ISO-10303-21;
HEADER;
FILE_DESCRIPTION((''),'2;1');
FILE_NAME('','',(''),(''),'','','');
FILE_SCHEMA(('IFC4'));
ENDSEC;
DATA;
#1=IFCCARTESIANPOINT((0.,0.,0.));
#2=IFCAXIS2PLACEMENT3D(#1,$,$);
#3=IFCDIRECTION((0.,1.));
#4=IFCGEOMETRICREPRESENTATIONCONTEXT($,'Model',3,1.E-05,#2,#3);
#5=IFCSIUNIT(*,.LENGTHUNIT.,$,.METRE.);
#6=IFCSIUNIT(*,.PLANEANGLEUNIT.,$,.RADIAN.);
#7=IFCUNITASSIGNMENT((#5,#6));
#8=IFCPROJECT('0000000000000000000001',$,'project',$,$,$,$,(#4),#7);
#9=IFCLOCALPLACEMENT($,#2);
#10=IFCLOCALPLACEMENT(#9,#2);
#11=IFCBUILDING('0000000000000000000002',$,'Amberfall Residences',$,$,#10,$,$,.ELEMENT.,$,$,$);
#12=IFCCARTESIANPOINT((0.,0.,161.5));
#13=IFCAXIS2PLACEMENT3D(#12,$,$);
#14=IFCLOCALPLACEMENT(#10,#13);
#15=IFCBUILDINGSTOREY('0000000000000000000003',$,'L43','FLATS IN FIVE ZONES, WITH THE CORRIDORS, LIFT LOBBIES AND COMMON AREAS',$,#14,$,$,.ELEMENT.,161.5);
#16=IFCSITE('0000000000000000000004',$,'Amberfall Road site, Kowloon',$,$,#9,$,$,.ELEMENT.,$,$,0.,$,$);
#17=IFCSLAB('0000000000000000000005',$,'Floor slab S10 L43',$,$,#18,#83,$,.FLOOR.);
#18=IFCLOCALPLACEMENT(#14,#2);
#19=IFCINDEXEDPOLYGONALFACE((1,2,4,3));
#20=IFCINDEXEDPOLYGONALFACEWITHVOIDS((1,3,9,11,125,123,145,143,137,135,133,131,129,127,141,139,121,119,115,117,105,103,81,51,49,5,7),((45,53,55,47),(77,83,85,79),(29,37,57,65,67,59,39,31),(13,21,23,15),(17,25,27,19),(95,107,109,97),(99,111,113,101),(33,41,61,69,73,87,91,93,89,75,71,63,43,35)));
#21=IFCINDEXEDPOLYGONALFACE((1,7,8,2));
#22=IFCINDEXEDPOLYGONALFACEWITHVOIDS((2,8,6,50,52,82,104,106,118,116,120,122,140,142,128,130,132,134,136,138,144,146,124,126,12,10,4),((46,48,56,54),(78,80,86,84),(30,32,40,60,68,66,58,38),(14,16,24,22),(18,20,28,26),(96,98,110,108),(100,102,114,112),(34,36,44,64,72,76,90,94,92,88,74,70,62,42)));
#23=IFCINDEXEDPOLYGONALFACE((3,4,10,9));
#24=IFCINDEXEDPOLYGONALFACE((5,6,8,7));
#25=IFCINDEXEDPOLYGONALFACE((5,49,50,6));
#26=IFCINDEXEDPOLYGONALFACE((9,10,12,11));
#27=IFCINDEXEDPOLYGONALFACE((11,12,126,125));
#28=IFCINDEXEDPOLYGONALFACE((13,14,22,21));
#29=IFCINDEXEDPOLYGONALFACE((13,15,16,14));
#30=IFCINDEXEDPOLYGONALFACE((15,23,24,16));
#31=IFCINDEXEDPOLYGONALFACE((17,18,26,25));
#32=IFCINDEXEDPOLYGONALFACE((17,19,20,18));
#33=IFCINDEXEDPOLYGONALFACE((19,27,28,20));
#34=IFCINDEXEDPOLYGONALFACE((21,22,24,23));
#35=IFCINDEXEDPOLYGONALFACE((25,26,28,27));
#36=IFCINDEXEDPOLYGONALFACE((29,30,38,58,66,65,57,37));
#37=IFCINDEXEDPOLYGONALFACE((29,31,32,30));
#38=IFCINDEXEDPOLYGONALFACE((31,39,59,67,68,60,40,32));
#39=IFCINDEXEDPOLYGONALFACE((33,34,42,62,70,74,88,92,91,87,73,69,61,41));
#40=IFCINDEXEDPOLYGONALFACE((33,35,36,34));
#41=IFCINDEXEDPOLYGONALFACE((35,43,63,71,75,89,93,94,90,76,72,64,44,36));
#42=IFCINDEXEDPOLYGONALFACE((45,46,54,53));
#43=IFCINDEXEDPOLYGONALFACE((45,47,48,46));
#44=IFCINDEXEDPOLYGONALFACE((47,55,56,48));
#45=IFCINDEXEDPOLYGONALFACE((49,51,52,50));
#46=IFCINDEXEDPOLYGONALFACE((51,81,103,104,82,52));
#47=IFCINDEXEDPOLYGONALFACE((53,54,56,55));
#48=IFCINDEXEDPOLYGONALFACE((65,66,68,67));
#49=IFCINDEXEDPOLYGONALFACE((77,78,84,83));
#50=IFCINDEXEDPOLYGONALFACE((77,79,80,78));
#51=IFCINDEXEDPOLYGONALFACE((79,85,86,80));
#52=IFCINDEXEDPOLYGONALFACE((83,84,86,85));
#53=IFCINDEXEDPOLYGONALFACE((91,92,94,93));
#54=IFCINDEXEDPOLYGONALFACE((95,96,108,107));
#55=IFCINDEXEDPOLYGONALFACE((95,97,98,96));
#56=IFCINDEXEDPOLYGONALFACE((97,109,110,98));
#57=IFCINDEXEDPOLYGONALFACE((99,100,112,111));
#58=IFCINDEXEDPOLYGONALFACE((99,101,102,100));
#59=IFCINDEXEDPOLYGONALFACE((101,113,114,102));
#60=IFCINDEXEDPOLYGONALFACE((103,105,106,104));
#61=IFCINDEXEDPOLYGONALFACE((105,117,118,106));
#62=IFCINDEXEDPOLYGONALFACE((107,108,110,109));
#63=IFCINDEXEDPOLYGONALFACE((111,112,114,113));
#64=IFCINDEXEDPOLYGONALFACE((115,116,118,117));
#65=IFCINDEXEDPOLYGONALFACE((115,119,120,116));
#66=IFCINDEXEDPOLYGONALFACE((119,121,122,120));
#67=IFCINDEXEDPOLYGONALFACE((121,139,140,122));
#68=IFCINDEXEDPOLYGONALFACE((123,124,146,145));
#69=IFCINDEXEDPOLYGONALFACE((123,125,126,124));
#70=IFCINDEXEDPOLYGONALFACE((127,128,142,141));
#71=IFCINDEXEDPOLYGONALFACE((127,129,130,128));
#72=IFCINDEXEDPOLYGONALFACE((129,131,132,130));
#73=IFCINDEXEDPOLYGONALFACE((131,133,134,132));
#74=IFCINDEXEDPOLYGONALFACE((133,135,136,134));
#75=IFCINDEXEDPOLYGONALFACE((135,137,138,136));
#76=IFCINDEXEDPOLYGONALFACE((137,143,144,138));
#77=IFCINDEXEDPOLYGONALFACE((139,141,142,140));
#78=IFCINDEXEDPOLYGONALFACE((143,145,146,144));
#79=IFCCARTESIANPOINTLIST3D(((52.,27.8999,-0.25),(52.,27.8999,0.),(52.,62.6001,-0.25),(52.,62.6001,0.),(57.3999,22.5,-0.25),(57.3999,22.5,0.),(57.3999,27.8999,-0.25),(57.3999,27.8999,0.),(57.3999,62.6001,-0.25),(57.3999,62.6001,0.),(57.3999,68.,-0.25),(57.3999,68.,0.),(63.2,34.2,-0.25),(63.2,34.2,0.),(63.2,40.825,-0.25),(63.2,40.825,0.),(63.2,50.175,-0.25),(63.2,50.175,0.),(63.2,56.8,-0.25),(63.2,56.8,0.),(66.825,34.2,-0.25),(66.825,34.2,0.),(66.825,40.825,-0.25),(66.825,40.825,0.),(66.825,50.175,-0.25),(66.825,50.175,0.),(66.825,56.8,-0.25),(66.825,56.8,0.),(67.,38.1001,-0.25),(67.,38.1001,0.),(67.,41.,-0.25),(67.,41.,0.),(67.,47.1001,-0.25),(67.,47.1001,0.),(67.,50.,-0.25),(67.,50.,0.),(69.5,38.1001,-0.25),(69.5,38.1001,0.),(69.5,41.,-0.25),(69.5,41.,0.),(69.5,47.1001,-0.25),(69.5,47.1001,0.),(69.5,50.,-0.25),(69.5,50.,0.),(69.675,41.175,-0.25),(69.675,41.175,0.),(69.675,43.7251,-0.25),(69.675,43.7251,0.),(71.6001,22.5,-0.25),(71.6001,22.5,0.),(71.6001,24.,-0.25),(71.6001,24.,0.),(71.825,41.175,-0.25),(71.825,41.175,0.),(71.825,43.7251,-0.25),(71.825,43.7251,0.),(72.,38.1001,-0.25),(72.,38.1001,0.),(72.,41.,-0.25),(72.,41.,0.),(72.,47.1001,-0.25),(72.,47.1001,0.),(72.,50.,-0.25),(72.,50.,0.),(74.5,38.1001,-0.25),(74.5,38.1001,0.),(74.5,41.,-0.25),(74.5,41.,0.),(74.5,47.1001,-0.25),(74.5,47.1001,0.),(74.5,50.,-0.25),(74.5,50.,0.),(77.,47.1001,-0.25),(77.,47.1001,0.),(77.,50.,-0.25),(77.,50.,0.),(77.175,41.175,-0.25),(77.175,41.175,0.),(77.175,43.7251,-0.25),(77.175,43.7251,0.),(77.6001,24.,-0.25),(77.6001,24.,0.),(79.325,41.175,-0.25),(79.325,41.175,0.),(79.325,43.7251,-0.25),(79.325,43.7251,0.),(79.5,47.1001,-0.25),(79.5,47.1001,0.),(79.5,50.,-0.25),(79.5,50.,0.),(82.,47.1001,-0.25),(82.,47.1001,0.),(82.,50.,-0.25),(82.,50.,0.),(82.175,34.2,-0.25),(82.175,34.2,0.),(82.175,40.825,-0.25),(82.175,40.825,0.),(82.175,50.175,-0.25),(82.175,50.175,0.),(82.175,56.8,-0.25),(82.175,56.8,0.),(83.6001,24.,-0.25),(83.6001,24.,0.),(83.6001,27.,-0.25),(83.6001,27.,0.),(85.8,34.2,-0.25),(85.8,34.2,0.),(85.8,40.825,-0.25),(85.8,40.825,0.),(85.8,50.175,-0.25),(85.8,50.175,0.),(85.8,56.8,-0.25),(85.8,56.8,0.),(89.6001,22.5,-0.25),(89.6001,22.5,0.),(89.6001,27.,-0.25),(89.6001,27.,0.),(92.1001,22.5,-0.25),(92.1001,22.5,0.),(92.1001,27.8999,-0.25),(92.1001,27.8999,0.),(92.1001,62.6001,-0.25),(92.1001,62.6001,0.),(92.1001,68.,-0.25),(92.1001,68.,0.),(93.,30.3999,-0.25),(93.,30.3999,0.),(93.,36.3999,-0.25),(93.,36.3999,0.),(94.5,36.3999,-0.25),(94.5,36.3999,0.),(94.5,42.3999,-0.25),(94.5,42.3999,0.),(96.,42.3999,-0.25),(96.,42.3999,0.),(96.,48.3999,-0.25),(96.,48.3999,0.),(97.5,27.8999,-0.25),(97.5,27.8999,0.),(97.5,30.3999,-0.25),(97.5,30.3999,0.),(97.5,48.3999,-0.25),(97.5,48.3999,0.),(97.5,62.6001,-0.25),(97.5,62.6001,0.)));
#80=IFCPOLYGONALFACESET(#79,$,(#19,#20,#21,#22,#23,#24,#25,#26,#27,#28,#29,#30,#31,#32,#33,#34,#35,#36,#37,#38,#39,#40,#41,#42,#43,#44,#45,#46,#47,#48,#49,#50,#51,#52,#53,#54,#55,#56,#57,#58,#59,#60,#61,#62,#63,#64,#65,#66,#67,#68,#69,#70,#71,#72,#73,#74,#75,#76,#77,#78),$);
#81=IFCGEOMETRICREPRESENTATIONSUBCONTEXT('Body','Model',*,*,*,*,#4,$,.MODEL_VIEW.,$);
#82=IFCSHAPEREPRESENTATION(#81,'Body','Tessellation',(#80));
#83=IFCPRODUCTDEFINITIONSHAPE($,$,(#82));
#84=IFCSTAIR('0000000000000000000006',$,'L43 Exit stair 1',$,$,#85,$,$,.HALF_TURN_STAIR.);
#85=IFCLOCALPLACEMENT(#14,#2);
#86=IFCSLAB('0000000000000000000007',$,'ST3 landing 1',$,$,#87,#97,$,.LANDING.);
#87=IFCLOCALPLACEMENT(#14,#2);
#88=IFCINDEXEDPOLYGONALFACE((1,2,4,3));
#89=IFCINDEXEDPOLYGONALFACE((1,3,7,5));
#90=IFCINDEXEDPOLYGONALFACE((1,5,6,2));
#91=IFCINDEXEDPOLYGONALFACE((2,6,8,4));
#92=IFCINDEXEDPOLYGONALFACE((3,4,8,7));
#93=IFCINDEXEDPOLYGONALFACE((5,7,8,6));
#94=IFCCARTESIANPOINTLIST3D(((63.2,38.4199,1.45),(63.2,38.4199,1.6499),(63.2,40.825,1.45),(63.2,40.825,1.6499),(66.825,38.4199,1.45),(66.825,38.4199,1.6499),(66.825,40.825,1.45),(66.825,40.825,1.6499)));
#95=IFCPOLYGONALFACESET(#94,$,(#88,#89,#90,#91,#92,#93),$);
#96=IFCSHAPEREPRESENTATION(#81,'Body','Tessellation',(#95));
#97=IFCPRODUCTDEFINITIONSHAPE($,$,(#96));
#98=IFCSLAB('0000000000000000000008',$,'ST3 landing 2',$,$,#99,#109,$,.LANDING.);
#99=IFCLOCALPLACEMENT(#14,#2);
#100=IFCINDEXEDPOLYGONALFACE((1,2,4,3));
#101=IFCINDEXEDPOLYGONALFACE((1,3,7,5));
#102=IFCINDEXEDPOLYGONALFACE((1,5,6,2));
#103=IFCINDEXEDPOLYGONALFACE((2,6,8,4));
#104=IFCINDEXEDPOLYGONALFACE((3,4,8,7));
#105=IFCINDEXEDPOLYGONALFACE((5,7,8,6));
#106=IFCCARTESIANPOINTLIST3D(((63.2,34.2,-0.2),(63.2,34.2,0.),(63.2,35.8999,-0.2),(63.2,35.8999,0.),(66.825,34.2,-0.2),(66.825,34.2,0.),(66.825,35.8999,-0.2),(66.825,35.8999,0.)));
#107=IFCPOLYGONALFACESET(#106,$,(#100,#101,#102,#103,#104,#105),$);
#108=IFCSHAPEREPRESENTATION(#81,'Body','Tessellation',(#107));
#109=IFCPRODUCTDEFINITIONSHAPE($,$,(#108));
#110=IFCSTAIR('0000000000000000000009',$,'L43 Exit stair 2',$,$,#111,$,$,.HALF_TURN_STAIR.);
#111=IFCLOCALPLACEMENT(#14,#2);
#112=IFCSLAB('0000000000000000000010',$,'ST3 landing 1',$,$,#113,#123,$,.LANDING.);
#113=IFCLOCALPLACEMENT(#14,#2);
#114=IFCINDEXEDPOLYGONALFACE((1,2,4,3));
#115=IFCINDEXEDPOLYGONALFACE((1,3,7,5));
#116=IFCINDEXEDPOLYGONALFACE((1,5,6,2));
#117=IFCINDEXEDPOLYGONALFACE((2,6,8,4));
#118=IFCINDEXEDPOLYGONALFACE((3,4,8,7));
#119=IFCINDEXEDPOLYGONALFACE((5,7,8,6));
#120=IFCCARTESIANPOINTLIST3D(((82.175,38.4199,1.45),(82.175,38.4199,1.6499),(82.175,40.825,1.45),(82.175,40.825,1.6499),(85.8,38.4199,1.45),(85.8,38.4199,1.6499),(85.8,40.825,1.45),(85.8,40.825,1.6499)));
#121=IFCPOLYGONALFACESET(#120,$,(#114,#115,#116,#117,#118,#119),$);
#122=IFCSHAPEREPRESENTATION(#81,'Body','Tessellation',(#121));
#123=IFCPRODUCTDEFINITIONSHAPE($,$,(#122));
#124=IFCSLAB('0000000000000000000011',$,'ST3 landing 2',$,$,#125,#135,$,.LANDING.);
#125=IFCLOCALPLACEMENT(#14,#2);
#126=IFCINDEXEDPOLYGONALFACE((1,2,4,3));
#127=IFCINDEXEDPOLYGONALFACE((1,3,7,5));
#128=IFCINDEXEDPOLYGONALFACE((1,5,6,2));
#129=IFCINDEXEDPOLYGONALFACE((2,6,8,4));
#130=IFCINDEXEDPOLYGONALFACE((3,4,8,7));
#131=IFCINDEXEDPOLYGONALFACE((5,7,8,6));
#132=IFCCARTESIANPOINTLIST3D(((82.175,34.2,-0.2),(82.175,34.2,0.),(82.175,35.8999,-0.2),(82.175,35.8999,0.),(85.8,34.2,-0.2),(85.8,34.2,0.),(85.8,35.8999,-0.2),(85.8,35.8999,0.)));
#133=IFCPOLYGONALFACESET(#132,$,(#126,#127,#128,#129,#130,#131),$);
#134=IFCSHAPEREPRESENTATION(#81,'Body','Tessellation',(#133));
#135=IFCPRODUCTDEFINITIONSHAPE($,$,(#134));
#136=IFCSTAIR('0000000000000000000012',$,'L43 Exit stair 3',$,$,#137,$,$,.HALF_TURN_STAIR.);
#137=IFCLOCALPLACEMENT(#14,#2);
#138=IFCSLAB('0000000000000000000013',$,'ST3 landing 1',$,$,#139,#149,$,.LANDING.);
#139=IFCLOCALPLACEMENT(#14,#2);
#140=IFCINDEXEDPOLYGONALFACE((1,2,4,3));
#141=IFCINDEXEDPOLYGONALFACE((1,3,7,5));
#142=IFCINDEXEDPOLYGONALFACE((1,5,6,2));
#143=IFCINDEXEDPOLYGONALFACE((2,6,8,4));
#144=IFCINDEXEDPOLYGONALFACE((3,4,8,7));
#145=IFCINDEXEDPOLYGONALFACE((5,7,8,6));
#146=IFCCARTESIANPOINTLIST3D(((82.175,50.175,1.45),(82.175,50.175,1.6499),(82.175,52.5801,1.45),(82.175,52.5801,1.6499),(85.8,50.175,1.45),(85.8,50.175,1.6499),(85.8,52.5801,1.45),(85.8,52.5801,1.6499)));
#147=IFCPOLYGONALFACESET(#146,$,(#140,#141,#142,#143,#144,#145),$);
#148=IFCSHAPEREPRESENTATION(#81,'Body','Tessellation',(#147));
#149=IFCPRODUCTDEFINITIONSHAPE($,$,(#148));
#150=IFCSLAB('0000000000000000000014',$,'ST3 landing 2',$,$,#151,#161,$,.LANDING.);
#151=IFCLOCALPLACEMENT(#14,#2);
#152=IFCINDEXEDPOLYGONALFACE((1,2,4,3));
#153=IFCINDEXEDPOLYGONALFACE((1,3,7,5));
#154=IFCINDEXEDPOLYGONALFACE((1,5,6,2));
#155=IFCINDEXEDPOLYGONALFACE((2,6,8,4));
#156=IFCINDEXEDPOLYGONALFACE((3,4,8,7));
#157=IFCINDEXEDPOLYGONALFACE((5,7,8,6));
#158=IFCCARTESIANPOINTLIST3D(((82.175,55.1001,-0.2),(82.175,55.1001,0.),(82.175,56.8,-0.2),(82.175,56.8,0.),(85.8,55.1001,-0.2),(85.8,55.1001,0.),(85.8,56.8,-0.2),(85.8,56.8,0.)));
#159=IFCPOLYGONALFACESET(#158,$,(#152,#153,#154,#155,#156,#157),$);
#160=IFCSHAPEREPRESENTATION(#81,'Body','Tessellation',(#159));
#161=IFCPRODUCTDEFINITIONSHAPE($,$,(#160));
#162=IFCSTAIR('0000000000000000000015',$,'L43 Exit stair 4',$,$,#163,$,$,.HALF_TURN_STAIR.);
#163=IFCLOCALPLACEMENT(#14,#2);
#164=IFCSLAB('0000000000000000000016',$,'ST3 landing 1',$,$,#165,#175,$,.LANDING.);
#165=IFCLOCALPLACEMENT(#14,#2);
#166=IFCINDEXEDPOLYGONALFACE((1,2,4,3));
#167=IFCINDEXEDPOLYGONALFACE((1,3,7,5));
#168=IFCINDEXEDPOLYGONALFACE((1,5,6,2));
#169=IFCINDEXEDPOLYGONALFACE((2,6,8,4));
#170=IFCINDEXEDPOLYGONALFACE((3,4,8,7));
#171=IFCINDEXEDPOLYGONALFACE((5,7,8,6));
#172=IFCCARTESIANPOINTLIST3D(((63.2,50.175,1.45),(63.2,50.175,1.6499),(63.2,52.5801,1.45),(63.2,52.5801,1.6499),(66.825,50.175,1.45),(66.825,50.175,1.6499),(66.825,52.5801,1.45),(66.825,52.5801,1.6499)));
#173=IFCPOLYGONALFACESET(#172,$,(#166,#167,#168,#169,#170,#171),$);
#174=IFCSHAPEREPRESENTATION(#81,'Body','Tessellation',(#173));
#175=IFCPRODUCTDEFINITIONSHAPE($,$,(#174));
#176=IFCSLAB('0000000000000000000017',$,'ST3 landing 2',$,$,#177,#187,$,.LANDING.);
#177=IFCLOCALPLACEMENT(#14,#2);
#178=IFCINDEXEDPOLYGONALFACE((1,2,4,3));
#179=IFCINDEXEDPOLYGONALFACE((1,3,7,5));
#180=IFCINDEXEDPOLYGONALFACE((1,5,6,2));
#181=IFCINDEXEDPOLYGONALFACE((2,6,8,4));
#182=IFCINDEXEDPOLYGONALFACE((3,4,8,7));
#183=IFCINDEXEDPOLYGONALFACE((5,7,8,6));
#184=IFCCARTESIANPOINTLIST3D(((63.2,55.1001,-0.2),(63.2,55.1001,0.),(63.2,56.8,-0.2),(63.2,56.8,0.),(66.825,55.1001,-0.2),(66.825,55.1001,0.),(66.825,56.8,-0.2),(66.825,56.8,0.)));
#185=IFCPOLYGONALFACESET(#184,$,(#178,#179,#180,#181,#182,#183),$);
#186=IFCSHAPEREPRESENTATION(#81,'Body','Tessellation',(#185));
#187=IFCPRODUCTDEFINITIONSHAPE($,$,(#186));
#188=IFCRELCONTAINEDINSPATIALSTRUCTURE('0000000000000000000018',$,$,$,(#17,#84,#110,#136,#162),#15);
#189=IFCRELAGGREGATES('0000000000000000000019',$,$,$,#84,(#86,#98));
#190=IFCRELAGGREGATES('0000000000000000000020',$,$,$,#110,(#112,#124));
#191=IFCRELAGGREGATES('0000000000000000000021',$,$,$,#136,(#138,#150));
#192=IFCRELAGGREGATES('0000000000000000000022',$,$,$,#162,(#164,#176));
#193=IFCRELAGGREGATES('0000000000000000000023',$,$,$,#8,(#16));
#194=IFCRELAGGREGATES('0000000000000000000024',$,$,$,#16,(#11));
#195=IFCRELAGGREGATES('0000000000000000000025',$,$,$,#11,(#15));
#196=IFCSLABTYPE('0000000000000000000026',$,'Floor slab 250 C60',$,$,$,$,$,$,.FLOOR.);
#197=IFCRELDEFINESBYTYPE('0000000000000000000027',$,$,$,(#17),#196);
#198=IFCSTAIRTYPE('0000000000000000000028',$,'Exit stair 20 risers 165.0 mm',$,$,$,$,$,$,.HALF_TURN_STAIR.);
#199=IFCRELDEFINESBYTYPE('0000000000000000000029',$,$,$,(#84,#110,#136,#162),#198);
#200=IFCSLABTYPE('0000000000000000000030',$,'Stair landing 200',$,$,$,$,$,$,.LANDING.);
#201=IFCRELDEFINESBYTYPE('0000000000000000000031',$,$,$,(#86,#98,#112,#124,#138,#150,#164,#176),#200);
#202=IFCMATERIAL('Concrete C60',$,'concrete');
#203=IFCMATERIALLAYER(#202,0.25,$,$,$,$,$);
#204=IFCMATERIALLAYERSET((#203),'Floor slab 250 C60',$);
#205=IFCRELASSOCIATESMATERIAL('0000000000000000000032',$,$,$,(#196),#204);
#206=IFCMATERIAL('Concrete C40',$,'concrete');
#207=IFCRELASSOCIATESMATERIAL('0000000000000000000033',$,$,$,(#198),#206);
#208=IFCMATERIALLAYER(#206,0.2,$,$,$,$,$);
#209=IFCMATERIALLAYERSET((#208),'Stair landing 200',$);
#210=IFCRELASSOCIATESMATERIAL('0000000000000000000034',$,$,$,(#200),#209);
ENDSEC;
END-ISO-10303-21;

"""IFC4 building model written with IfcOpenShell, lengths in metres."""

from ifc_helpers import new_model, si_unit, direction, frame, origin, place, context, subcontext, project, spatial, polyline, outline, extrude, material, layer, layer_set, type_object, element, aggregate, save


model = new_model("IFC4")

# Units and contexts
model_context = context("Model", 3, precision=1e-05, world=origin(), true_north=direction((0.0, 1.0)))
body_context = subcontext(model_context, "Body", "Model", "MODEL_VIEW")
ifc_project = project(units=[si_unit("LENGTHUNIT", "METRE"), si_unit("PLANEANGLEUNIT", "RADIAN")], contexts=[model_context])

# Site, building, storey
site_placement = place(None, origin())
site = spatial("IfcSite", under=ifc_project, at=site_placement, Name="Amberfall Road site, Kowloon", CompositionType="ELEMENT", RefElevation=0.0)
building_placement = place(site_placement, origin())
building = spatial("IfcBuilding", under=site, at=building_placement, Name="Amberfall Residences", CompositionType="ELEMENT")
storey_placement = place(building_placement, frame((0.0, 0.0, 161.5)))
storey = spatial("IfcBuildingStorey", under=building, at=storey_placement, Name="L43", Description="FLATS IN FIVE ZONES, WITH THE CORRIDORS, LIFT LOBBIES AND COMMON AREAS", CompositionType="ELEMENT", Elevation=161.5)

# Shared definitions
ifc_material_1 = material(Name="Concrete C60", Category="concrete")

# Slab
ifc_layer_1 = layer(ifc_material_1, 0.25)
ifc_layer_set_1 = layer_set([ifc_layer_1], Name="Floor slab 250 C60")
slab_type_1 = type_object("IfcSlabType", Name="Floor slab 250 C60", PredefinedType="FLOOR", material=ifc_layer_set_1)
slab_1_placement = place(storey_placement, frame((0.0, 0.0, -0.25)))
element("IfcSlab", 1, at=slab_1_placement, inside=storey, type_object=slab_type_1, Name="Floor slab S10 L43", PredefinedType="FLOOR", context=body_context, shape_type="SweptSolid", body=[
    extrude(outline(polyline([(89.6001, 22.5), (89.6001, 27.0), (83.6001, 27.0), (83.6001, 24.0), (77.6001, 24.0), (71.6001, 24.0), (71.6001, 22.5), (57.3999, 22.5), (57.3999, 27.8999), (52.0, 27.8999), (52.0, 62.6001), (57.3999, 62.6001), (57.3999, 68.0), (92.1001, 68.0), (92.1001, 62.6001), (97.5, 62.6001), (97.5, 48.3999), (96.0, 48.3999), (96.0, 42.3999), (94.5, 42.3999), (94.5, 36.3999), (93.0, 36.3999), (93.0, 30.3999), (97.5, 30.3999), (97.5, 27.8999), (92.1001, 27.8999), (92.1001, 22.5), (89.6001, 22.5)]), holes=[polyline([(85.8, 34.2), (85.8, 40.825), (82.175, 40.825), (82.175, 34.2), (85.8, 34.2)]), polyline([(85.8, 50.175), (85.8, 56.8), (82.175, 56.8), (82.175, 50.175), (85.8, 50.175)]), polyline([(72.0, 50.0), (69.5, 50.0), (67.0, 50.0), (67.0, 47.1001), (69.5, 47.1001), (72.0, 47.1001), (74.5, 47.1001), (77.0, 47.1001), (79.5, 47.1001), (82.0, 47.1001), (82.0, 50.0), (79.5, 50.0), (77.0, 50.0), (74.5, 50.0), (72.0, 50.0)]), polyline([(79.325, 41.175), (79.325, 43.7251), (77.175, 43.7251), (77.175, 41.175), (79.325, 41.175)]), polyline([(69.5, 41.0), (67.0, 41.0), (67.0, 38.1001), (69.5, 38.1001), (72.0, 38.1001), (74.5, 38.1001), (74.5, 41.0), (72.0, 41.0), (69.5, 41.0)]), polyline([(71.825, 41.175), (71.825, 43.7251), (69.675, 43.7251), (69.675, 41.175), (71.825, 41.175)]), polyline([(66.825, 50.175), (66.825, 56.8), (63.2, 56.8), (63.2, 50.175), (66.825, 50.175)]), polyline([(66.825, 40.825), (63.2, 40.825), (63.2, 34.2), (66.825, 34.2), (66.825, 40.825)])]), origin(), (0.0, 0.0, 1.0), 0.25),
])

# Stairs, slabs
ifc_material_2 = material(Name="Concrete C40", Category="concrete")
stair_type = type_object("IfcStairType", Name="Exit stair 20 risers 165.0 mm", PredefinedType="HALF_TURN_STAIR", material=ifc_material_2)
stair_1_placement = place(storey_placement, origin())
stair_1 = element("IfcStair", 2, at=stair_1_placement, inside=storey, type_object=stair_type, Name="L43 Exit stair 1", PredefinedType="HALF_TURN_STAIR")
ifc_layer_2 = layer(ifc_material_2, 0.2)
ifc_layer_set_2 = layer_set([ifc_layer_2], Name="Stair landing 200")
slab_type_2 = type_object("IfcSlabType", Name="Stair landing 200", PredefinedType="LANDING", material=ifc_layer_set_2)
slab_2_placement = place(storey_placement, frame((0.0, 0.0, 1.45)))
slab_2 = element("IfcSlab", 3, at=slab_2_placement, type_object=slab_type_2, Name="ST3 landing 1", PredefinedType="LANDING", context=body_context, shape_type="SweptSolid", body=[
    extrude(outline(polyline([(66.825, 38.4199), (66.825, 40.825), (63.2, 40.825), (63.2, 38.4199), (66.825, 38.4199)])), origin(), (0.0, 0.0, 1.0), 0.2),
])
slab_3_placement = place(storey_placement, frame((0.0, 0.0, -0.2)))
slab_3 = element("IfcSlab", 4, at=slab_3_placement, type_object=slab_type_2, Name="ST3 landing 2", PredefinedType="LANDING", context=body_context, shape_type="SweptSolid", body=[
    extrude(outline(polyline([(66.825, 34.2), (66.825, 35.8999), (63.2, 35.8999), (63.2, 34.2), (66.825, 34.2)])), origin(), (0.0, 0.0, 1.0), 0.2),
])
aggregate(stair_1, [slab_2, slab_3])
stair_2_placement = place(storey_placement, origin())
stair_2 = element("IfcStair", 5, at=stair_2_placement, inside=storey, type_object=stair_type, Name="L43 Exit stair 2", PredefinedType="HALF_TURN_STAIR")
slab_4_placement = place(storey_placement, frame((0.0, 0.0, 1.45)))
slab_4 = element("IfcSlab", 6, at=slab_4_placement, type_object=slab_type_2, Name="ST3 landing 1", PredefinedType="LANDING", context=body_context, shape_type="SweptSolid", body=[
    extrude(outline(polyline([(85.8, 38.4199), (85.8, 40.825), (82.175, 40.825), (82.175, 38.4199), (85.8, 38.4199)])), origin(), (0.0, 0.0, 1.0), 0.2),
])
slab_5_placement = place(storey_placement, frame((0.0, 0.0, -0.2)))
slab_5 = element("IfcSlab", 7, at=slab_5_placement, type_object=slab_type_2, Name="ST3 landing 2", PredefinedType="LANDING", context=body_context, shape_type="SweptSolid", body=[
    extrude(outline(polyline([(85.8, 34.2), (85.8, 35.8999), (82.175, 35.8999), (82.175, 34.2), (85.8, 34.2)])), origin(), (0.0, 0.0, 1.0), 0.2),
])
aggregate(stair_2, [slab_4, slab_5])
stair_3_placement = place(storey_placement, origin())
stair_3 = element("IfcStair", 8, at=stair_3_placement, inside=storey, type_object=stair_type, Name="L43 Exit stair 3", PredefinedType="HALF_TURN_STAIR")
slab_6_placement = place(storey_placement, frame((0.0, 0.0, 1.45)))
slab_6 = element("IfcSlab", 9, at=slab_6_placement, type_object=slab_type_2, Name="ST3 landing 1", PredefinedType="LANDING", context=body_context, shape_type="SweptSolid", body=[
    extrude(outline(polyline([(82.175, 52.5801), (82.175, 50.175), (85.8, 50.175), (85.8, 52.5801), (82.175, 52.5801)])), origin(), (0.0, 0.0, 1.0), 0.2),
])
slab_7_placement = place(storey_placement, frame((0.0, 0.0, -0.2)))
slab_7 = element("IfcSlab", 10, at=slab_7_placement, type_object=slab_type_2, Name="ST3 landing 2", PredefinedType="LANDING", context=body_context, shape_type="SweptSolid", body=[
    extrude(outline(polyline([(82.175, 56.8), (82.175, 55.1001), (85.8, 55.1001), (85.8, 56.8), (82.175, 56.8)])), origin(), (0.0, 0.0, 1.0), 0.2),
])
aggregate(stair_3, [slab_6, slab_7])
stair_4_placement = place(storey_placement, origin())
stair_4 = element("IfcStair", 11, at=stair_4_placement, inside=storey, type_object=stair_type, Name="L43 Exit stair 4", PredefinedType="HALF_TURN_STAIR")
slab_8_placement = place(storey_placement, frame((0.0, 0.0, 1.45)))
slab_8 = element("IfcSlab", 12, at=slab_8_placement, type_object=slab_type_2, Name="ST3 landing 1", PredefinedType="LANDING", context=body_context, shape_type="SweptSolid", body=[
    extrude(outline(polyline([(63.2, 52.5801), (63.2, 50.175), (66.825, 50.175), (66.825, 52.5801), (63.2, 52.5801)])), origin(), (0.0, 0.0, 1.0), 0.2),
])
slab_9_placement = place(storey_placement, frame((0.0, 0.0, -0.2)))
slab_9 = element("IfcSlab", 13, at=slab_9_placement, type_object=slab_type_2, Name="ST3 landing 2", PredefinedType="LANDING", context=body_context, shape_type="SweptSolid", body=[
    extrude(outline(polyline([(63.2, 56.8), (63.2, 55.1001), (66.825, 55.1001), (66.825, 56.8), (63.2, 56.8)])), origin(), (0.0, 0.0, 1.0), 0.2),
])
aggregate(stair_4, [slab_8, slab_9])

save(model, "model.ifc")
